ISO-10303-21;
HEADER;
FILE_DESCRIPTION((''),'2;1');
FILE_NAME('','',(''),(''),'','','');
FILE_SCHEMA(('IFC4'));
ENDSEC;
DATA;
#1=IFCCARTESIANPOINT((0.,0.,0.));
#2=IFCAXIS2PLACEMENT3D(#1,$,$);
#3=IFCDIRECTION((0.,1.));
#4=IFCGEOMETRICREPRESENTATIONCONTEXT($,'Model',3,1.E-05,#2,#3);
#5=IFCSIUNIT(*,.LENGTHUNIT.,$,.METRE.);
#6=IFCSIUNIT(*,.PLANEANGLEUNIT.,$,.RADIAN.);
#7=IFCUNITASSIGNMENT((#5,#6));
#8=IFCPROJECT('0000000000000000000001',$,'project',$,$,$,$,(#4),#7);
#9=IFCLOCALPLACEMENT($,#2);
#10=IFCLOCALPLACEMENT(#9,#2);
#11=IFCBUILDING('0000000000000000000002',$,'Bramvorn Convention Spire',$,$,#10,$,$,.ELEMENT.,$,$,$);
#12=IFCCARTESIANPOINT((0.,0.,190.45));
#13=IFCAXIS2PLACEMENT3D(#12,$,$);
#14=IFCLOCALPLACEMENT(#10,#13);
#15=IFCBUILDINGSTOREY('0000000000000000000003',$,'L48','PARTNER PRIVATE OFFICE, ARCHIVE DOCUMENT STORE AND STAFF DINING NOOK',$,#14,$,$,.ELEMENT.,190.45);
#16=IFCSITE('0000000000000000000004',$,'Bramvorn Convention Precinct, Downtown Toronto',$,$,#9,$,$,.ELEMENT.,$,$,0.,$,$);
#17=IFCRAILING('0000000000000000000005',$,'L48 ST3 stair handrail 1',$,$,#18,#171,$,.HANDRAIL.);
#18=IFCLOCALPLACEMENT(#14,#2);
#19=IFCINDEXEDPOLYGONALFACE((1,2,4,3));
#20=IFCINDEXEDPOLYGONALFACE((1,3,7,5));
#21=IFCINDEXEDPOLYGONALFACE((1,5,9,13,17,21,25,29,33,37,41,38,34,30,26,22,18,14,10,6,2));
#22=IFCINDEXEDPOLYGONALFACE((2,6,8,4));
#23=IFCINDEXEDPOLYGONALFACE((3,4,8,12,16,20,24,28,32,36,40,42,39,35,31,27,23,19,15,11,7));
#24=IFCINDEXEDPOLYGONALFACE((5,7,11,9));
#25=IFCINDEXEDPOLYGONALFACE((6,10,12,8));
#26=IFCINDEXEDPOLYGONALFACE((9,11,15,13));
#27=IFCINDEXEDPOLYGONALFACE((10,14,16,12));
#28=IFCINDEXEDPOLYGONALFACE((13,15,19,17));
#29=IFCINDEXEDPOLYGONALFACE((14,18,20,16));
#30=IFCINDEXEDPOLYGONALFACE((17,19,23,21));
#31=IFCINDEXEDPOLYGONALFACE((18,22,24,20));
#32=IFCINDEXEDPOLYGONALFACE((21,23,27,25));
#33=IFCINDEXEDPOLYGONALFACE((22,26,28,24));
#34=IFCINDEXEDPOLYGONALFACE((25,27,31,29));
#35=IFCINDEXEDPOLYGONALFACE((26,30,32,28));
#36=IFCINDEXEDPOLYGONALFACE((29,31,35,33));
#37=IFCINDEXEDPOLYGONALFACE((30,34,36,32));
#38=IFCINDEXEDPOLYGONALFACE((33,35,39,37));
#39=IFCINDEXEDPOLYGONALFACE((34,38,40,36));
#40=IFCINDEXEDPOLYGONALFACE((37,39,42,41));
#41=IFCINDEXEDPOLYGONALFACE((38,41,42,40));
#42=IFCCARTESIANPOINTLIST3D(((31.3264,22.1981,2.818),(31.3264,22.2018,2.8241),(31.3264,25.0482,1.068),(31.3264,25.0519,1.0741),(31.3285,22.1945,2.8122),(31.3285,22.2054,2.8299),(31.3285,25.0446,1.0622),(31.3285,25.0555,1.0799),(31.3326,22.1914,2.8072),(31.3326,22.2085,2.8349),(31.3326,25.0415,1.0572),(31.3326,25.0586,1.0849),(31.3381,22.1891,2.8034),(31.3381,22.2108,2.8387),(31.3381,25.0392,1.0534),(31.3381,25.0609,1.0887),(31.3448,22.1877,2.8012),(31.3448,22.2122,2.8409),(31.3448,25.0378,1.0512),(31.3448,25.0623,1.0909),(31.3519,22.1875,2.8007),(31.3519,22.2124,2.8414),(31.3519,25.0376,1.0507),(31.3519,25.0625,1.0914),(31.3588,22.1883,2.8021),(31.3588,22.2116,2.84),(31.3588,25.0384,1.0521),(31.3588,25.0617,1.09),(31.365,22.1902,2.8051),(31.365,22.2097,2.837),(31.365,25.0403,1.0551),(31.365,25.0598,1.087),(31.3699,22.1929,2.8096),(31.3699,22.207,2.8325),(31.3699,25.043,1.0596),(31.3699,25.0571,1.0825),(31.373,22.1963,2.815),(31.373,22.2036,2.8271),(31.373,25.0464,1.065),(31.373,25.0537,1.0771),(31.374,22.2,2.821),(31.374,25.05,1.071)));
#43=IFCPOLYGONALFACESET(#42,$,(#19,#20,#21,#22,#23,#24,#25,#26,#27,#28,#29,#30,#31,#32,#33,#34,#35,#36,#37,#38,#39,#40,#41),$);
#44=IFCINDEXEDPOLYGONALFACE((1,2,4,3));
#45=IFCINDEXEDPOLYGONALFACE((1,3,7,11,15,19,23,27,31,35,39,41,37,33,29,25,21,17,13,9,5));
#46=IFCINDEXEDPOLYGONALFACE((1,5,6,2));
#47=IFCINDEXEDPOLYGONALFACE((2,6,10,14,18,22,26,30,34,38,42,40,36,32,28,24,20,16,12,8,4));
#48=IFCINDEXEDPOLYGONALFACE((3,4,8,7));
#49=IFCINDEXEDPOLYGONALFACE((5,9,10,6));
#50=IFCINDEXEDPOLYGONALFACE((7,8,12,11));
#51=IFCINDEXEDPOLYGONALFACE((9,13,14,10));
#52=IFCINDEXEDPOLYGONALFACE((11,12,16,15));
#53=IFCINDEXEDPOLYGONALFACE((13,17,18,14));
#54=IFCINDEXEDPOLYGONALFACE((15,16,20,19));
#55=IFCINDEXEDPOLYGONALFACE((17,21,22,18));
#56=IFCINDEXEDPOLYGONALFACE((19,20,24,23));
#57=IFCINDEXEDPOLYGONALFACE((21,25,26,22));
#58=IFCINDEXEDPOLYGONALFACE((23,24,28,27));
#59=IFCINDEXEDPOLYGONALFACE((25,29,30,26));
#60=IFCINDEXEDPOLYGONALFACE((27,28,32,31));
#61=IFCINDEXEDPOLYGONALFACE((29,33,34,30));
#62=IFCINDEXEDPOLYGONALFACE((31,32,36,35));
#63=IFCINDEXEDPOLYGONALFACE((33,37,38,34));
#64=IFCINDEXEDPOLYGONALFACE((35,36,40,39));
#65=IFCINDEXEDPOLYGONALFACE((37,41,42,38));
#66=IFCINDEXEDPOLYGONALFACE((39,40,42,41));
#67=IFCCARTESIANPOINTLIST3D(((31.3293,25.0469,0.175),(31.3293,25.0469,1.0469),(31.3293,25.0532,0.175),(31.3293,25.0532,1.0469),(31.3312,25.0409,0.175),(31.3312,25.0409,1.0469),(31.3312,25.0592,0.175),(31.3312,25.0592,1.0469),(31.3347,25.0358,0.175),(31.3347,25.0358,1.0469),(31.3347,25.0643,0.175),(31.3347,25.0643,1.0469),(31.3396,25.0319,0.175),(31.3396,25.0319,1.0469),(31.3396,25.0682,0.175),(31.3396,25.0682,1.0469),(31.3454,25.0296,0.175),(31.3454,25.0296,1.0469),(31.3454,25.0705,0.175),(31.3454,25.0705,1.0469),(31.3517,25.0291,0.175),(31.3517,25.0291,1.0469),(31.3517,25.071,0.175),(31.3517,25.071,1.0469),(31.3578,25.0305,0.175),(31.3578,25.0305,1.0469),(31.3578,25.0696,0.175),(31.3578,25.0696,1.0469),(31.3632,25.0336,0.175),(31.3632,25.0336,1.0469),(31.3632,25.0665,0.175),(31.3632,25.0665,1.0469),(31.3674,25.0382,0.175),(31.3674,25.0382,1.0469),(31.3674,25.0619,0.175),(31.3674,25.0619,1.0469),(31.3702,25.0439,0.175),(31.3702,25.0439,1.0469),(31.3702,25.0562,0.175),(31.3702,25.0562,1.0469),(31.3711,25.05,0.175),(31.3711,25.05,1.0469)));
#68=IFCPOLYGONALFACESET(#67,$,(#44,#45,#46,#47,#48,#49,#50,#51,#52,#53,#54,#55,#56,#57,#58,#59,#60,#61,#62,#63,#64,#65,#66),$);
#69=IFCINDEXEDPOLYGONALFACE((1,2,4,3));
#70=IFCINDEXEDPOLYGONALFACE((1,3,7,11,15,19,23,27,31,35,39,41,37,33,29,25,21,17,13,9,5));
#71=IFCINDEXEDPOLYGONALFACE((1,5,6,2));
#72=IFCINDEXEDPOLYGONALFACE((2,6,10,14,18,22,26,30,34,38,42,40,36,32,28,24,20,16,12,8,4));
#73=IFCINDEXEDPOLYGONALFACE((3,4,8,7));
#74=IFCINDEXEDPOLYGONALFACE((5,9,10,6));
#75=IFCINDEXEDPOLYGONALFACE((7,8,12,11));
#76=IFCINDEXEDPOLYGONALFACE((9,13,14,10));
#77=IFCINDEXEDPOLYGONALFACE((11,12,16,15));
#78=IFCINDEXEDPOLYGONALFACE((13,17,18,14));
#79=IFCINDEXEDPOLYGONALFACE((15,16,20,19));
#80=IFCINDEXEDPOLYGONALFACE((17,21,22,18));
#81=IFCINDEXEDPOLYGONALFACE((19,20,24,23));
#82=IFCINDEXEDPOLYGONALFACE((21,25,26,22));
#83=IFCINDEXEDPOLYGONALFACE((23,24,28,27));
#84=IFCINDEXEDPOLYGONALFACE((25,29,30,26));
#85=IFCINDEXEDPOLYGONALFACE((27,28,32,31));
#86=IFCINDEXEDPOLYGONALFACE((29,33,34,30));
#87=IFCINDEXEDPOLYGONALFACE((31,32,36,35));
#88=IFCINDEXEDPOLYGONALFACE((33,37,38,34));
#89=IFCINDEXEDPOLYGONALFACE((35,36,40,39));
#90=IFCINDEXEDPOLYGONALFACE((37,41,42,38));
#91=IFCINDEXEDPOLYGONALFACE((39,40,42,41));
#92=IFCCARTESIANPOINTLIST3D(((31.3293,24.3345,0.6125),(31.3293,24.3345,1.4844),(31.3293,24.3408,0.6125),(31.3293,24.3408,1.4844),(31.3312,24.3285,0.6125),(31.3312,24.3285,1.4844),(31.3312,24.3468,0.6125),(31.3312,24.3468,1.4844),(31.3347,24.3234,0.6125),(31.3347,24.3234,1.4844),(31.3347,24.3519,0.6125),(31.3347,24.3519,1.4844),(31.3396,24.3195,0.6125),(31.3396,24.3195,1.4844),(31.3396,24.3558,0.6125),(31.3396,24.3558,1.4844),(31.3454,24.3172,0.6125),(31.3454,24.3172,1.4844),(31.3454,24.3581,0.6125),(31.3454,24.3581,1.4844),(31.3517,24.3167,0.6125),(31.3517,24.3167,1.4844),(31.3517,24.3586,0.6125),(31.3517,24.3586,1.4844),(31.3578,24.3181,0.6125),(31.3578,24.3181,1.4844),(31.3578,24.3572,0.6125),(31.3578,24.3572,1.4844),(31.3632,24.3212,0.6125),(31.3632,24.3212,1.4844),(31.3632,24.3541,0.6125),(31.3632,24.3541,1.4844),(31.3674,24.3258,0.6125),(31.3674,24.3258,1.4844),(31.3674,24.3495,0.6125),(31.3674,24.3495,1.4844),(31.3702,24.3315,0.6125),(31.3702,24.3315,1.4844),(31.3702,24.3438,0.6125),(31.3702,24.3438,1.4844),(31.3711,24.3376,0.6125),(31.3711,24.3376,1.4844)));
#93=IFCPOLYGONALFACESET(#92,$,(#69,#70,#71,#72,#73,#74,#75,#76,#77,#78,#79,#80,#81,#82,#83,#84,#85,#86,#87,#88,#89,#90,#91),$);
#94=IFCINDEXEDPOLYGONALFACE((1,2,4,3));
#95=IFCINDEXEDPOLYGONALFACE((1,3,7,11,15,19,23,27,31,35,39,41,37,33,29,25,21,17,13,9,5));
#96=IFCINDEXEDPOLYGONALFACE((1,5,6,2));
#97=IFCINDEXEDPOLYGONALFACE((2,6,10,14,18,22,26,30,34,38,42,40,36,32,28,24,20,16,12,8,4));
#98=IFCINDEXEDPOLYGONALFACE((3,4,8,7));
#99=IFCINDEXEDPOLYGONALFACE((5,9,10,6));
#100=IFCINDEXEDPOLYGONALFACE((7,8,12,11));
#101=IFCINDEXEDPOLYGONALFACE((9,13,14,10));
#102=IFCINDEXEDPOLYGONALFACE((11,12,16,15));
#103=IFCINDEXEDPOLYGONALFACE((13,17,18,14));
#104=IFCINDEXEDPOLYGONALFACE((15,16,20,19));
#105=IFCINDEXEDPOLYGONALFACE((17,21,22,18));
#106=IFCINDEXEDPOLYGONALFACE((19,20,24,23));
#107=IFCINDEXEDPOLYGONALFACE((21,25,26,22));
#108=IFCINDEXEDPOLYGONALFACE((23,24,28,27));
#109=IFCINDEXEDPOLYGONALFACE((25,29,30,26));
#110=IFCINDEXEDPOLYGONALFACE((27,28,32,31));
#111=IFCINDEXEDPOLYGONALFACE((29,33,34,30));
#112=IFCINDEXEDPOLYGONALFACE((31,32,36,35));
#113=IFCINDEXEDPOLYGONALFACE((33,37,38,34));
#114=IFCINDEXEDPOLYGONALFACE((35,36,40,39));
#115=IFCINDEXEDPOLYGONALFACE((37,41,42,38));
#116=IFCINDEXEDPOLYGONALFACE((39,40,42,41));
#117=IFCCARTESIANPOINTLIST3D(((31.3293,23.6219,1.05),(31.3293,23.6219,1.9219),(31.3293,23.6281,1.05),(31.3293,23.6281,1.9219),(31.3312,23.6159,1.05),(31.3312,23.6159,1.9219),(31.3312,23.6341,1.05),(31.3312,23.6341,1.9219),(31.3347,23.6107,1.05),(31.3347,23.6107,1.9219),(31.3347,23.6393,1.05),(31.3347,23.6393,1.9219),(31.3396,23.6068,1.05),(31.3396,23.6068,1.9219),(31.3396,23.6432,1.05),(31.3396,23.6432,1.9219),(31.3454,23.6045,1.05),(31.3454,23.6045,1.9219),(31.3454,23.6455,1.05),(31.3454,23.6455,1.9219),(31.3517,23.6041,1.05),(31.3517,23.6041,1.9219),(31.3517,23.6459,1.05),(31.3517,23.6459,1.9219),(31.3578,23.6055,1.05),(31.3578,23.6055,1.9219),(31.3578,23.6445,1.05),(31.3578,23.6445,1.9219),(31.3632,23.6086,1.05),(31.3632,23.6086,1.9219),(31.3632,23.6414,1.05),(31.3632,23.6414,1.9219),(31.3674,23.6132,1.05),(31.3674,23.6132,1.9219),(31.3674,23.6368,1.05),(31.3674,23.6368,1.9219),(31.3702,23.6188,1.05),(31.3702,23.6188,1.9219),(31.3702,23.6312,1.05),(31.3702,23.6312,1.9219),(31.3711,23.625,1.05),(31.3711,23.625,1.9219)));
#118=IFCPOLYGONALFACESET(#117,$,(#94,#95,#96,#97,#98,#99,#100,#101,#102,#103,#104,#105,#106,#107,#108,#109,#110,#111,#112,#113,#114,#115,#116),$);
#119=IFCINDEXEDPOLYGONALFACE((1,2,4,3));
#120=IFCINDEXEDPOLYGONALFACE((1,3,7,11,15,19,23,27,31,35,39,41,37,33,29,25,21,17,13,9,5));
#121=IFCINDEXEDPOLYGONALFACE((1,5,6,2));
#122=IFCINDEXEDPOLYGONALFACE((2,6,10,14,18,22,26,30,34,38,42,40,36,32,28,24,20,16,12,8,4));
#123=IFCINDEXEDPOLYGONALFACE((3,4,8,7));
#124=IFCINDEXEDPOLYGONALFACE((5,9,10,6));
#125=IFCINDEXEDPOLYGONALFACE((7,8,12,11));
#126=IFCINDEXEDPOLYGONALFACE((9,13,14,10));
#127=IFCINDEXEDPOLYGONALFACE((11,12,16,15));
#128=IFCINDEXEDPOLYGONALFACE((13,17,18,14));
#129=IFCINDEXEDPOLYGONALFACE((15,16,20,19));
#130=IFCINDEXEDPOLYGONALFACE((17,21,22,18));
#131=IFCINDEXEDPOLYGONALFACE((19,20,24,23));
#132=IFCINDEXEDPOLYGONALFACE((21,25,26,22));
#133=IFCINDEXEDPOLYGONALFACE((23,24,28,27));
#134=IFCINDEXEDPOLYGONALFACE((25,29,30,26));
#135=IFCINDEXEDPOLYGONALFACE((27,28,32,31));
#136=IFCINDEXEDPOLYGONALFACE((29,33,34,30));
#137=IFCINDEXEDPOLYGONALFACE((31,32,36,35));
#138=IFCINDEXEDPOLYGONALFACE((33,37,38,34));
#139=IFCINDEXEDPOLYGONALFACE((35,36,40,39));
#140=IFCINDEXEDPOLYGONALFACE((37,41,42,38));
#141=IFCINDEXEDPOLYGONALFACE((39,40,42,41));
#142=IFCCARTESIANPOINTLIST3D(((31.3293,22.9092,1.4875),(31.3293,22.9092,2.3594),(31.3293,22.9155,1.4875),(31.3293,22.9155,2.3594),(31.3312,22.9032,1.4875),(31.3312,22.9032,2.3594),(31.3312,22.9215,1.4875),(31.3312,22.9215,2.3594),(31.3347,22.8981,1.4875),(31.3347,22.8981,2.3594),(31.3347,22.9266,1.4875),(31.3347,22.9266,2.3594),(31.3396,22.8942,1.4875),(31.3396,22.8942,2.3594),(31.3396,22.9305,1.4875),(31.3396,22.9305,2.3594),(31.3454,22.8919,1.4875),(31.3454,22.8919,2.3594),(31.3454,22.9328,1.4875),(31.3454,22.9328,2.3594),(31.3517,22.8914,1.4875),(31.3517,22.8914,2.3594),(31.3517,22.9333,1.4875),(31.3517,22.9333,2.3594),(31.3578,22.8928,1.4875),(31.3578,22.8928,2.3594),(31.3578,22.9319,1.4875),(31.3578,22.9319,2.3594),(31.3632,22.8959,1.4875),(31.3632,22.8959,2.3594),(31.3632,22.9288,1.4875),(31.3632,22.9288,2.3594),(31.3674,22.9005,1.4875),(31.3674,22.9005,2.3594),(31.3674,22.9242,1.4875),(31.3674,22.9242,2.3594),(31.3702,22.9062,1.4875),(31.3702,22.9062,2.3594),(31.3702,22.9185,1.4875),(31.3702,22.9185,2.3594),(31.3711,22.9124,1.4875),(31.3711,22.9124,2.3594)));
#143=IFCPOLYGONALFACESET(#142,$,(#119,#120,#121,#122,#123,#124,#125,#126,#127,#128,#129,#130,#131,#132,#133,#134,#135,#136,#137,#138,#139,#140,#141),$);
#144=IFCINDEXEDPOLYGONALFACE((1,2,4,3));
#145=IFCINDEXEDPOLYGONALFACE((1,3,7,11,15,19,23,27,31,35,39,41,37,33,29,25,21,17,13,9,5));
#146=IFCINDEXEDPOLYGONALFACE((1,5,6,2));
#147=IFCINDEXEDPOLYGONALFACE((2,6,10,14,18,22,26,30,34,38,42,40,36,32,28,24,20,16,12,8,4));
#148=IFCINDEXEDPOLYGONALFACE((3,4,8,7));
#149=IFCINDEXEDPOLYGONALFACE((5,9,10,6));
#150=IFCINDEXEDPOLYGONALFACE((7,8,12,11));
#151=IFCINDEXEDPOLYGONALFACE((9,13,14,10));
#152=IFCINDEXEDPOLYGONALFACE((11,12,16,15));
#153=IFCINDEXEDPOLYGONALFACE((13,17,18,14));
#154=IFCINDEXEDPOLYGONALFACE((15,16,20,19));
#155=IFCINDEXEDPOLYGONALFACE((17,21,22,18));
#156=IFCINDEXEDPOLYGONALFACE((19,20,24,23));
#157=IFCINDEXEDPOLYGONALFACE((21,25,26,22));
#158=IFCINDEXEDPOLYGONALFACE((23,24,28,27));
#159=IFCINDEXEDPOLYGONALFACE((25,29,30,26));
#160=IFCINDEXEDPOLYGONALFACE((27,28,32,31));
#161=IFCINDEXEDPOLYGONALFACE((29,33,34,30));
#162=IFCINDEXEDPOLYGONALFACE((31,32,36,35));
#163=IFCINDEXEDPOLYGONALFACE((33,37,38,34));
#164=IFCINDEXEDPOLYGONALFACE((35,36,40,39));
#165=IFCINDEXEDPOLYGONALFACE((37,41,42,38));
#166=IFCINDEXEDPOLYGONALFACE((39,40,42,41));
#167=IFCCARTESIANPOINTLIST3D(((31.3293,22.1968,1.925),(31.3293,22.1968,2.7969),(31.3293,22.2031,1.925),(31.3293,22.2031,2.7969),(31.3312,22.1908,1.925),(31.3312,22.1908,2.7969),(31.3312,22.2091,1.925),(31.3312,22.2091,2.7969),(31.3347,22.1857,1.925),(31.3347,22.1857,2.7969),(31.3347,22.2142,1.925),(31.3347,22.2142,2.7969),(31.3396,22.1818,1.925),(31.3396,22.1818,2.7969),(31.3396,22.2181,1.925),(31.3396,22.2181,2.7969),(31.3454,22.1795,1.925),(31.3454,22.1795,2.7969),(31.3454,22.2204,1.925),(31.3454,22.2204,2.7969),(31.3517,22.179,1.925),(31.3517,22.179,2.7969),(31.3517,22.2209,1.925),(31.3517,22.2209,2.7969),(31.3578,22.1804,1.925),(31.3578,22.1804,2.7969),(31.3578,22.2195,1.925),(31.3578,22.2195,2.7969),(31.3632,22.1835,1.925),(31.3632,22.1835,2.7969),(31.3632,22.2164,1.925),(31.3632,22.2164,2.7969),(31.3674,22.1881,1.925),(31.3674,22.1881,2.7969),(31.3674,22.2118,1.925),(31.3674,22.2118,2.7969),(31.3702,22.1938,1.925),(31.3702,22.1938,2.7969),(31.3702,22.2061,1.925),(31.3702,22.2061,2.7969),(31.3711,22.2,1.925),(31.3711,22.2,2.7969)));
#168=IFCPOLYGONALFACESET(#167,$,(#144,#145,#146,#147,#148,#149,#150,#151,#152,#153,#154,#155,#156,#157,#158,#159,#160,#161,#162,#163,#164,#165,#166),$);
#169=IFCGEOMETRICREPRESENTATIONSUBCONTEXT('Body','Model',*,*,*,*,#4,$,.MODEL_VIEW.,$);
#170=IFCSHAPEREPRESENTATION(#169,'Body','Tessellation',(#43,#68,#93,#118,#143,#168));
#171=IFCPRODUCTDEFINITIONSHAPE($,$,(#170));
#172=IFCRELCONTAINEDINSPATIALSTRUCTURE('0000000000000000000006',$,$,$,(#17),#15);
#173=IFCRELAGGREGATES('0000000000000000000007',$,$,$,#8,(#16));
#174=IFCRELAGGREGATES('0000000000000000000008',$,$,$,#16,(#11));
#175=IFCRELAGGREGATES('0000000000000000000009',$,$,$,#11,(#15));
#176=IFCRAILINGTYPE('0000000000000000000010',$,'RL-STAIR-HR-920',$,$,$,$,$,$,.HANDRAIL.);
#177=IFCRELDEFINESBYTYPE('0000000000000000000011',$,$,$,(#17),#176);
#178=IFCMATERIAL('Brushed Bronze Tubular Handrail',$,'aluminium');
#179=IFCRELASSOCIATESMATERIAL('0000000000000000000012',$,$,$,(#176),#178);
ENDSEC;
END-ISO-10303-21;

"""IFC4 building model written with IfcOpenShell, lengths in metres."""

from ifc_helpers import new_model, si_unit, direction, frame, origin, origin_2d, place, context, subcontext, project, spatial, circle, extrude, material, type_object, element, save


model = new_model("IFC4")

# Units and contexts
model_context = context("Model", 3, precision=1e-05, world=origin(), true_north=direction((0.0, 1.0)))
body_context = subcontext(model_context, "Body", "Model", "MODEL_VIEW")
ifc_project = project(units=[si_unit("LENGTHUNIT", "METRE"), si_unit("PLANEANGLEUNIT", "RADIAN")], contexts=[model_context])

# Site, building, storey
site_placement = place(None, origin())
site = spatial("IfcSite", under=ifc_project, at=site_placement, Name="Bramvorn Convention Precinct, Downtown Toronto", CompositionType="ELEMENT", RefElevation=0.0)
building_placement = place(site_placement, origin())
building = spatial("IfcBuilding", under=site, at=building_placement, Name="Bramvorn Convention Spire", CompositionType="ELEMENT")
storey_placement = place(building_placement, frame((0.0, 0.0, 190.45)))
storey = spatial("IfcBuildingStorey", under=building, at=storey_placement, Name="L48", Description="PARTNER PRIVATE OFFICE, ARCHIVE DOCUMENT STORE AND STAFF DINING NOOK", CompositionType="ELEMENT", Elevation=190.45)

# Railing
ifc_material_1 = material(Name="Brushed Bronze Tubular Handrail", Category="aluminium")
railing_type_1 = type_object("IfcRailingType", Name="RL-STAIR-HR-920", PredefinedType="HANDRAIL", material=ifc_material_1)
railing_1_placement = place(storey_placement, frame((31.3501, 25.05, 0.175)))
element("IfcRailing", 1, at=railing_1_placement, inside=storey, type_object=railing_type_1, Name="L48 ST3 stair handrail 1", PredefinedType="HANDRAIL", context=body_context, shape_type="SweptSolid", body=[
    extrude(circle(Radius=0.0239, at=origin_2d()), frame((0.0, 0.0, 0.896), z_axis=(0.0, -0.852179, 0.52325), x_axis=(1.0, 0.0, 0.0)), (0.0, 0.0, 1.0), 3.3445),
    extrude(circle(Radius=0.021, at=origin_2d()), origin(), (0.0, 0.0, 1.0), 0.8718),
    extrude(circle(Radius=0.021, at=origin_2d()), frame((0.0, -0.7124, 0.4375)), (0.0, 0.0, 1.0), 0.8718),
    extrude(circle(Radius=0.021, at=origin_2d()), frame((0.0, -1.425, 0.875)), (0.0, 0.0, 1.0), 0.8718),
    extrude(circle(Radius=0.021, at=origin_2d()), frame((0.0, -2.1377, 1.3125)), (0.0, 0.0, 1.0), 0.8718),
    extrude(circle(Radius=0.021, at=origin_2d()), frame((0.0, -2.8501, 1.75)), (0.0, 0.0, 1.0), 0.8718),
])

save(model, "model.ifc")
